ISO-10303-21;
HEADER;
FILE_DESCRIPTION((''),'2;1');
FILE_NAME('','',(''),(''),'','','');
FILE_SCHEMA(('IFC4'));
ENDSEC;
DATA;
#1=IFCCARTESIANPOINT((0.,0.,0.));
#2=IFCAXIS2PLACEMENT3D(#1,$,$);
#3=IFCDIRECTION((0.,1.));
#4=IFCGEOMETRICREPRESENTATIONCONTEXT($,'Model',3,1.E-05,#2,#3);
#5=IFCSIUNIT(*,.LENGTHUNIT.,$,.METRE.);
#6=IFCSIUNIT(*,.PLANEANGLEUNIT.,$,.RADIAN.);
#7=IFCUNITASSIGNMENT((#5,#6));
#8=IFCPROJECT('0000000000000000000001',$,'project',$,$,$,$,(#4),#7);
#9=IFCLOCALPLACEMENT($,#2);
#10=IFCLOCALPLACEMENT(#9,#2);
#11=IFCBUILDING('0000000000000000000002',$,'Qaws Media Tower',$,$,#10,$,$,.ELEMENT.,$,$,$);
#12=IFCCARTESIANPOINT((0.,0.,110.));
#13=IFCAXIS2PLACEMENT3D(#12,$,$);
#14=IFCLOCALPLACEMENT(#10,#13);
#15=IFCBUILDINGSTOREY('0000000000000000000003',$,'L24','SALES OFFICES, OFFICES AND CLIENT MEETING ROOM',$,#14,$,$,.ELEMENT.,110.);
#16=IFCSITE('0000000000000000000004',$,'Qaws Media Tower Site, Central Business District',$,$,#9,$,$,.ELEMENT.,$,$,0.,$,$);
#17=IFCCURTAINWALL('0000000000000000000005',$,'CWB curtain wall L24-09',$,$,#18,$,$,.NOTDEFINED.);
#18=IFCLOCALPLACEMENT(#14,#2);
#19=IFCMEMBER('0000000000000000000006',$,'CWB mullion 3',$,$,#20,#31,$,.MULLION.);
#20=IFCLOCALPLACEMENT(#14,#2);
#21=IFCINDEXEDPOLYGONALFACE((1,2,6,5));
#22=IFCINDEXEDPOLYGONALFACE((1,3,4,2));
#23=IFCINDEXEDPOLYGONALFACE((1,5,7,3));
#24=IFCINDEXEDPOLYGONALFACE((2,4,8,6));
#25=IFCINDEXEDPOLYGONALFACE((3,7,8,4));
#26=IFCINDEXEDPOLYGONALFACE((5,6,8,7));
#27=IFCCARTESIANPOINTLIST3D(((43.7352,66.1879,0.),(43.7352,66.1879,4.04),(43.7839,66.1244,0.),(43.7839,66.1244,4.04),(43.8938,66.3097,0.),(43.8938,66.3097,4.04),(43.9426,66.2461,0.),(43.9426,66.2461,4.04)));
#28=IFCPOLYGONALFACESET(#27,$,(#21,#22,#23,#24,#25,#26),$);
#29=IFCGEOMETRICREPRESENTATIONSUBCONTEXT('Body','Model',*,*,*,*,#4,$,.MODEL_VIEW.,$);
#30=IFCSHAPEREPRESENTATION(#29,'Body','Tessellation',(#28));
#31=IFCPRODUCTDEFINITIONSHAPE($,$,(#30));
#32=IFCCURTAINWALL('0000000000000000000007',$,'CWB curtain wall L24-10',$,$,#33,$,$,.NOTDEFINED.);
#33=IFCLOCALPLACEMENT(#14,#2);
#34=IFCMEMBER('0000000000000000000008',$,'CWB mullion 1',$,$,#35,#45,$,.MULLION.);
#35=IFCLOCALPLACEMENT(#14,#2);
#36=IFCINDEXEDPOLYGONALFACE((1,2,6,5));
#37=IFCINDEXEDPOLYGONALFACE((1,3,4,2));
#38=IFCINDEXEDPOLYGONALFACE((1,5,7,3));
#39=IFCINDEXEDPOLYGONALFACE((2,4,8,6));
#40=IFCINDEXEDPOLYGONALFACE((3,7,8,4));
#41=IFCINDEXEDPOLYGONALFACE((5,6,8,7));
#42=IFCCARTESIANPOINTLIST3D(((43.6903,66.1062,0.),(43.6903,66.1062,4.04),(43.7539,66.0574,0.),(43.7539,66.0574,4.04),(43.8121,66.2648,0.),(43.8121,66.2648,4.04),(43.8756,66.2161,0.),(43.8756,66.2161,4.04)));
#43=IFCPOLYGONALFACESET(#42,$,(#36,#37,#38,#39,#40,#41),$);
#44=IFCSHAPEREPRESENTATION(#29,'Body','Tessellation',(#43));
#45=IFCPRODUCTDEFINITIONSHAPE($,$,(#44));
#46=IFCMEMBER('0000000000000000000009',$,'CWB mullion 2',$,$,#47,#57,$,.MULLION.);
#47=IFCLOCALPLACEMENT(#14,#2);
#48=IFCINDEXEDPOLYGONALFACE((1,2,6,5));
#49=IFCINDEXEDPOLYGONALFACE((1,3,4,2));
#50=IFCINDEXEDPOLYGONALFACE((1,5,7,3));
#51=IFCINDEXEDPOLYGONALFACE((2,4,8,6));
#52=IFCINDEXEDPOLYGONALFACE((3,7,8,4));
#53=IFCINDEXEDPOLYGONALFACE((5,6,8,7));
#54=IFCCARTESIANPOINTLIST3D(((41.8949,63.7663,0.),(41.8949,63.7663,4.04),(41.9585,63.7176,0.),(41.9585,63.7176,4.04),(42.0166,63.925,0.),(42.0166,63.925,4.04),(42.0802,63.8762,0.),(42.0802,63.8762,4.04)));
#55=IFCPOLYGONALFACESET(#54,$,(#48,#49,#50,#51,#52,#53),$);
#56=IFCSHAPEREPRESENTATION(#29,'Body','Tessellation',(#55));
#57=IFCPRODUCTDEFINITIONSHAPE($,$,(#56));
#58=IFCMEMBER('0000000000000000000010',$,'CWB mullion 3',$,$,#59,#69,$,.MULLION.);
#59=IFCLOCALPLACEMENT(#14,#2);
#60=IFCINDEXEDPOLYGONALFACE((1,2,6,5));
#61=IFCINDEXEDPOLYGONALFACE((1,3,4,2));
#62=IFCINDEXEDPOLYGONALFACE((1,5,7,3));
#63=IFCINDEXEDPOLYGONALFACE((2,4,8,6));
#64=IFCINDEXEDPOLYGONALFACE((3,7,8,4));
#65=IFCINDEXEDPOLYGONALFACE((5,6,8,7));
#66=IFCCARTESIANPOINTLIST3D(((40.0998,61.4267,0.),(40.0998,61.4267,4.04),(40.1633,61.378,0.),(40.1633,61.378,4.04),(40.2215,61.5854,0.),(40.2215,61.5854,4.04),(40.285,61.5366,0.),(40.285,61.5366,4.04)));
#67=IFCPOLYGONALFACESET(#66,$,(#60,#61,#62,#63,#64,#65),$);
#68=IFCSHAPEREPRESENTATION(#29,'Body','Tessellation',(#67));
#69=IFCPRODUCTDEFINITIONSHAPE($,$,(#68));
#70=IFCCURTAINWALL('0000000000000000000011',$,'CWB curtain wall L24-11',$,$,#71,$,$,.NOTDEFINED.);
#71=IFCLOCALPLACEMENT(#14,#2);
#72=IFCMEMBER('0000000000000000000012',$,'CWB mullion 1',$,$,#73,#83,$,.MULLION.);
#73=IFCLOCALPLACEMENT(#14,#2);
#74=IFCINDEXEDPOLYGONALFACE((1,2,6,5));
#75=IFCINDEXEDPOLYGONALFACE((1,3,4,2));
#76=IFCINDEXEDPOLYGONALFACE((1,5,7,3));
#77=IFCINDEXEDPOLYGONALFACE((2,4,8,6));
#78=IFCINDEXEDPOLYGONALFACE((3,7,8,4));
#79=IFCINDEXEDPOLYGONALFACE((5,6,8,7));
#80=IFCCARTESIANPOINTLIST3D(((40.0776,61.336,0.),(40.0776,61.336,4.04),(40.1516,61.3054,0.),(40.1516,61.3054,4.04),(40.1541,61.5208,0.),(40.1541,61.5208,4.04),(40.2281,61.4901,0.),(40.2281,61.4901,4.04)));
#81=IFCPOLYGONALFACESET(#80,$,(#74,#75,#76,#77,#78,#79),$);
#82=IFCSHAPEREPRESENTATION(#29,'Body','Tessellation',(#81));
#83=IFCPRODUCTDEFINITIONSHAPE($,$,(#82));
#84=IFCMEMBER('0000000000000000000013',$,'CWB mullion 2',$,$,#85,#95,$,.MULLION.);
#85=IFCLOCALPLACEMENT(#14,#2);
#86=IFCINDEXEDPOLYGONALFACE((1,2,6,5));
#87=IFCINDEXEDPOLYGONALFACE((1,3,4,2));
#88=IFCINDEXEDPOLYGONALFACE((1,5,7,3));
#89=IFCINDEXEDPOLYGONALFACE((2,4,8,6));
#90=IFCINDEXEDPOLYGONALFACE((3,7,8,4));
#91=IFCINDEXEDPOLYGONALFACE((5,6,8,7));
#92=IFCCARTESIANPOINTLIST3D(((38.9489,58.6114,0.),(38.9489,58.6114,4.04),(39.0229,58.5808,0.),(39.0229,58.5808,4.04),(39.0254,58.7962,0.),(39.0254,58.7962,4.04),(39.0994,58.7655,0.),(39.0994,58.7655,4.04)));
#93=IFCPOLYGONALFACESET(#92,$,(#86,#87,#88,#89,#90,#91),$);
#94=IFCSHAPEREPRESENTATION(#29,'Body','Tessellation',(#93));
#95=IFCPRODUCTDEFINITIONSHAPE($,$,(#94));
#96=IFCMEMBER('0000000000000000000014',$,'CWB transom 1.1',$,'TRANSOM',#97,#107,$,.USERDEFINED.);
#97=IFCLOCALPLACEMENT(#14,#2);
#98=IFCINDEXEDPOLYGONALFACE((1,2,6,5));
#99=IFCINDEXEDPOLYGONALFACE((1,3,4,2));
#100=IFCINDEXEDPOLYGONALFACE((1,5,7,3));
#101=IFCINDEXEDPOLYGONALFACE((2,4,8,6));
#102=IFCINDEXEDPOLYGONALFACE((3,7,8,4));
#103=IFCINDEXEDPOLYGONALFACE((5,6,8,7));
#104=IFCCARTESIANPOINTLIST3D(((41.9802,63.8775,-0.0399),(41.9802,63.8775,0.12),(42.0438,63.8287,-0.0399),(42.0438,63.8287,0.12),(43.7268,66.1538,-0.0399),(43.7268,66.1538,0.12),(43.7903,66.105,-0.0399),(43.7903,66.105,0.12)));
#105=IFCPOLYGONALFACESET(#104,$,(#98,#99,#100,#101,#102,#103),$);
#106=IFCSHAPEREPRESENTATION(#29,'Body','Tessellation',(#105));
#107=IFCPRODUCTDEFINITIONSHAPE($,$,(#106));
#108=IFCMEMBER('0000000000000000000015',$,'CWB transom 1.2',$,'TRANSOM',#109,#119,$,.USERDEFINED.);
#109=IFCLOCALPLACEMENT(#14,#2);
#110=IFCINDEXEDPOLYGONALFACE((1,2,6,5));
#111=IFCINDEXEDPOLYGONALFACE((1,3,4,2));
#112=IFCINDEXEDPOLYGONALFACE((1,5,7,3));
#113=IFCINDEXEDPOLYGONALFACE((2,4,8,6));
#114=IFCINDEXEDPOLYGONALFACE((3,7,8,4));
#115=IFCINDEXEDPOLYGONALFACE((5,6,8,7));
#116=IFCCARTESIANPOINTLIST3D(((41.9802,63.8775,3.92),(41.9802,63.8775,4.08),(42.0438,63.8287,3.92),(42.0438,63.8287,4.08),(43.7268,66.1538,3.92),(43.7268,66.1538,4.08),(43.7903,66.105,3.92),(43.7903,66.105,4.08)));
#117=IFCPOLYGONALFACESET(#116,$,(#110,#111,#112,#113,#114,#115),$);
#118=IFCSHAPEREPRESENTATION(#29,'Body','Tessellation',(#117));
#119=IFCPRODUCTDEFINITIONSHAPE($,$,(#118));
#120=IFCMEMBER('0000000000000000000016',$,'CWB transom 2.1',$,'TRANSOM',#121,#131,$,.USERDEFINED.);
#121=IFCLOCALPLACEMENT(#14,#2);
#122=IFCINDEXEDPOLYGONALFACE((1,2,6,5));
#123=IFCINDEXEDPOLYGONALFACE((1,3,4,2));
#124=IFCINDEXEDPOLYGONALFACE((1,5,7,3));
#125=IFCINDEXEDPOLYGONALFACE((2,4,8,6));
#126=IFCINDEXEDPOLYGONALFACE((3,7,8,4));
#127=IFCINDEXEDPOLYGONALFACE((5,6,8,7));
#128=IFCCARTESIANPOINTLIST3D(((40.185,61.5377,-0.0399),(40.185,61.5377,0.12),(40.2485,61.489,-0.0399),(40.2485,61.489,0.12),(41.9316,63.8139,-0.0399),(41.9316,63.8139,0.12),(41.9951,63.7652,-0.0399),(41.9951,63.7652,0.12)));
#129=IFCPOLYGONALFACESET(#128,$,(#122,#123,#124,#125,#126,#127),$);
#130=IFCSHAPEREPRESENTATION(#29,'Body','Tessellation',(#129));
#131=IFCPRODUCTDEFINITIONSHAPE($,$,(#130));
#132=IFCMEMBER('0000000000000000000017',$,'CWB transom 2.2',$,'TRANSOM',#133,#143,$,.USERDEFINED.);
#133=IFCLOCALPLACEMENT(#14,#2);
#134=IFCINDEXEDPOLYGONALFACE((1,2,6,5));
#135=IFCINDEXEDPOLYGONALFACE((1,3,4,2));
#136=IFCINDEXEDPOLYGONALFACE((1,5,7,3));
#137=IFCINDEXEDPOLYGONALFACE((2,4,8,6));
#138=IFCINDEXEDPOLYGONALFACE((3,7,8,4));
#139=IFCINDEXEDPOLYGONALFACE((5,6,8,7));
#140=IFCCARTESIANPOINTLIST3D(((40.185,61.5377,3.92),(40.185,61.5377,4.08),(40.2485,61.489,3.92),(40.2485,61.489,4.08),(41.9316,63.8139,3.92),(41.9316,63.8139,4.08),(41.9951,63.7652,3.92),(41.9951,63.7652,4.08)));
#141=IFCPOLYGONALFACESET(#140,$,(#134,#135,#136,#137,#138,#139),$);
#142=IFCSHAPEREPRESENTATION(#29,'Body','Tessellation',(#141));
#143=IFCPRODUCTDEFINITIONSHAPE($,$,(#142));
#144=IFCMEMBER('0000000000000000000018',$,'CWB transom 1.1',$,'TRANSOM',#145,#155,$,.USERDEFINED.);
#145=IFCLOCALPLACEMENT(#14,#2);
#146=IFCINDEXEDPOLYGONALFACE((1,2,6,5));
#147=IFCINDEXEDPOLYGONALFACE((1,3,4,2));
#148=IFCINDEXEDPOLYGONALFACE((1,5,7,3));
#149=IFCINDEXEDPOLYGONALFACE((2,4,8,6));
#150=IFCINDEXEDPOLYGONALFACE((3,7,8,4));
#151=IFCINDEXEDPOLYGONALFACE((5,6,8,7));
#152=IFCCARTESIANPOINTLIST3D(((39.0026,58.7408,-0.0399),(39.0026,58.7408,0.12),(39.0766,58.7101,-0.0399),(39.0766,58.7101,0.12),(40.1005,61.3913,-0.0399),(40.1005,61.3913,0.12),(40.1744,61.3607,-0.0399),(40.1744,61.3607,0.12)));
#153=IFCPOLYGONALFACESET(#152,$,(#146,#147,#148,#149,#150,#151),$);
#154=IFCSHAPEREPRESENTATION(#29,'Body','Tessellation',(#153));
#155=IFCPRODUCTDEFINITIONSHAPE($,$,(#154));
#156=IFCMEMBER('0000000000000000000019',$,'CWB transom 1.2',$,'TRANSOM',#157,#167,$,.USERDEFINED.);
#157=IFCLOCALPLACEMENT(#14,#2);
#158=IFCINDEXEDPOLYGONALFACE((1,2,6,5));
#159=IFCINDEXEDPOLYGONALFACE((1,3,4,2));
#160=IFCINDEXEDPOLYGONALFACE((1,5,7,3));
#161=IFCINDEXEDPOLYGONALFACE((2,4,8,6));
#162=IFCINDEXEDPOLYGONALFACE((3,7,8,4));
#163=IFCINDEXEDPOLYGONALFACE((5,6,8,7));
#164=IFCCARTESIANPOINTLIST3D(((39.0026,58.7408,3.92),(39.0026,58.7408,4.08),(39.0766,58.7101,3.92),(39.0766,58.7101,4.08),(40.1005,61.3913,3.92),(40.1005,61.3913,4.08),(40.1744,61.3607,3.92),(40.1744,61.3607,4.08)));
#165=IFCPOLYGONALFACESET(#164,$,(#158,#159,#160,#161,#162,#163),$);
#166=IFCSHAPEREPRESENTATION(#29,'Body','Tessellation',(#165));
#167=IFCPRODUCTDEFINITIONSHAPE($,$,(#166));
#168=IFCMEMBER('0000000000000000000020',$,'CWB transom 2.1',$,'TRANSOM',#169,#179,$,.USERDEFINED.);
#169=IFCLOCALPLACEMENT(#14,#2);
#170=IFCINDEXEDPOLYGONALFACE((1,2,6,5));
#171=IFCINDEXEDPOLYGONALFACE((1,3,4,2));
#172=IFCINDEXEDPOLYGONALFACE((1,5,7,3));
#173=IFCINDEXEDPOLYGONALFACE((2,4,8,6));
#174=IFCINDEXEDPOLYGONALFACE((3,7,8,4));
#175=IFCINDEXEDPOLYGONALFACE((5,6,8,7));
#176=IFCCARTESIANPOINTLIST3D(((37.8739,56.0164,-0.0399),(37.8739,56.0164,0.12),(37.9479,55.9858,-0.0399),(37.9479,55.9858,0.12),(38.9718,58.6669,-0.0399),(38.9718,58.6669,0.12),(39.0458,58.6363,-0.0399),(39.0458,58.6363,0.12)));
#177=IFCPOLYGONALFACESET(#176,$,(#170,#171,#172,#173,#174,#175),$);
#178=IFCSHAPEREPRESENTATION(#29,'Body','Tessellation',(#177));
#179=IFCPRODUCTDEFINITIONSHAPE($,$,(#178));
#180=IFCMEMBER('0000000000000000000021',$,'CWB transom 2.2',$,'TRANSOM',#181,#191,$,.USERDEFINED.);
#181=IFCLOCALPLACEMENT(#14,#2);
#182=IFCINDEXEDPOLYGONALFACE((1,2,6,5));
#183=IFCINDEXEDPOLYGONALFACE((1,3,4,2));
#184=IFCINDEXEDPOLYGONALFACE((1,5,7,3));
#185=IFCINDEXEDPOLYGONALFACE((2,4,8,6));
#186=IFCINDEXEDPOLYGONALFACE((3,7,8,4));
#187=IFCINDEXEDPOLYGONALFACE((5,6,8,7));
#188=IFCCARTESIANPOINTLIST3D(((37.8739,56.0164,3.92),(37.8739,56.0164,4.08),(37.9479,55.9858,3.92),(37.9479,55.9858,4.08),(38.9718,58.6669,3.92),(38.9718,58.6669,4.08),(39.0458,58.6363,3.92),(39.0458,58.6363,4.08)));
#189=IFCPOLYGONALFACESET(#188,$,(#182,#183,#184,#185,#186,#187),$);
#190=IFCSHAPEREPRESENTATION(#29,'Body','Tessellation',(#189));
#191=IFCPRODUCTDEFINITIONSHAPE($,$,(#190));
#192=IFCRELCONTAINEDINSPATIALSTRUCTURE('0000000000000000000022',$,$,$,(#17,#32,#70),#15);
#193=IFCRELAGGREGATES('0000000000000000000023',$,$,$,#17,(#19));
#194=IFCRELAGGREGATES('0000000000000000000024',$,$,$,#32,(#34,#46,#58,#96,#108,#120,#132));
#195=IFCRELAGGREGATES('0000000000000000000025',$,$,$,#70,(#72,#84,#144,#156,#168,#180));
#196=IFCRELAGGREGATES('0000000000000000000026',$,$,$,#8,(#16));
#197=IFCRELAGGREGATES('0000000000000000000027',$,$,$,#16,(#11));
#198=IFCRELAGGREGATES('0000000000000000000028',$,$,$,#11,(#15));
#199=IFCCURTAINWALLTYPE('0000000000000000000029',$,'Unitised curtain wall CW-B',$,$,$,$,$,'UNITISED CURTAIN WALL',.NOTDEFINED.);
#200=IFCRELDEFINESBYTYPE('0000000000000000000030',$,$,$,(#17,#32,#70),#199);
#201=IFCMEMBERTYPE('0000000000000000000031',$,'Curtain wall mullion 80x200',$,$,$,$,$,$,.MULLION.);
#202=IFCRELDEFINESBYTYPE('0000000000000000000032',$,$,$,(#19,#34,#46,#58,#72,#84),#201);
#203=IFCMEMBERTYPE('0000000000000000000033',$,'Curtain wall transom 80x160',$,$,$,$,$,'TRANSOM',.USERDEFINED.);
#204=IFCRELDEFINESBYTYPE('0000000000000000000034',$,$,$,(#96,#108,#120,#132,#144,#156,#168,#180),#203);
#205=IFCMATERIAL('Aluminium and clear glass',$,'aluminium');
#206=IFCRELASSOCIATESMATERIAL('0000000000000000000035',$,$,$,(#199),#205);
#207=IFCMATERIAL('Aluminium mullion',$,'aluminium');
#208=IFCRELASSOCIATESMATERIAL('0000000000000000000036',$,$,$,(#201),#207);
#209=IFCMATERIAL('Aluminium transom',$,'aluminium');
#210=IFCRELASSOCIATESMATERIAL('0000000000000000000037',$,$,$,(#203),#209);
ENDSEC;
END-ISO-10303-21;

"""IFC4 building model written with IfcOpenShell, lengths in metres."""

from ifc_helpers import new_model, si_unit, direction, frame, origin, origin_2d, place, context, subcontext, project, spatial, rectangle, extrude, material, material_profile, profile_set, type_object, element, aggregate, save


model = new_model("IFC4")

# Units and contexts
model_context = context("Model", 3, precision=1e-05, world=origin(), true_north=direction((0.0, 1.0)))
body_context = subcontext(model_context, "Body", "Model", "MODEL_VIEW")
ifc_project = project(units=[si_unit("LENGTHUNIT", "METRE"), si_unit("PLANEANGLEUNIT", "RADIAN")], contexts=[model_context])

# Site, building, storey
site_placement = place(None, origin())
site = spatial("IfcSite", under=ifc_project, at=site_placement, Name="Qaws Media Tower Site, Central Business District", CompositionType="ELEMENT", RefElevation=0.0)
building_placement = place(site_placement, origin())
building = spatial("IfcBuilding", under=site, at=building_placement, Name="Qaws Media Tower", CompositionType="ELEMENT")
storey_placement = place(building_placement, frame((0.0, 0.0, 110.0)))
storey = spatial("IfcBuildingStorey", under=building, at=storey_placement, Name="L24", Description="SALES OFFICES, OFFICES AND CLIENT MEETING ROOM", CompositionType="ELEMENT", Elevation=110.0)

# Curtain wall, member
ifc_material_1 = material(Name="Aluminium and clear glass", Category="aluminium")
curtain_wall_type = type_object("IfcCurtainWallType", Name="Unitised curtain wall CW-B", ElementType="UNITISED CURTAIN WALL", PredefinedType="NOTDEFINED", material=ifc_material_1)
curtain_wall_1_placement = place(storey_placement, origin())
curtain_wall_1 = element("IfcCurtainWall", 1, at=curtain_wall_1_placement, inside=storey, type_object=curtain_wall_type, Name="CWB curtain wall L24-09", PredefinedType="NOTDEFINED")
ifc_material_2 = material(Name="Aluminium mullion", Category="aluminium")
ifc_material_profile_1 = material_profile(ifc_material_2, rectangle(XDim=0.0801, YDim=0.2, at=origin_2d()), Name="80x200")
ifc_profile_set_1 = profile_set([ifc_material_profile_1], Name="Aluminium mullion")
member_type_1 = type_object("IfcMemberType", Name="Curtain wall mullion 80x200", PredefinedType="MULLION", material=ifc_profile_set_1)
member_1_placement = place(storey_placement, frame((43.8389, 66.217, 0.0), z_axis=(0.0, 0.0, 1.0), x_axis=(0.608762, -0.793353, 0.0)))
member_1 = element("IfcMember", 2, at=member_1_placement, type_object=member_type_1, Name="CWB mullion 3", PredefinedType="MULLION", context=body_context, shape_type="SweptSolid", body=[
    extrude(rectangle(XDim=0.0801, YDim=0.2, at=origin_2d()), origin(), (0.0, 0.0, 1.0), 4.04),
])

# Curtain walls, members
curtain_wall_2_placement = place(storey_placement, origin())
curtain_wall_2 = element("IfcCurtainWall", 3, at=curtain_wall_2_placement, inside=storey, type_object=curtain_wall_type, Name="CWB curtain wall L24-10", PredefinedType="NOTDEFINED")
member_2_placement = place(storey_placement, frame((43.783, 66.1611, 0.0), z_axis=(0.0, 0.0, 1.0), x_axis=(0.793353, -0.608762, 0.0)))
member_2 = element("IfcMember", 4, at=member_2_placement, type_object=member_type_1, Name="CWB mullion 1", PredefinedType="MULLION", context=body_context, shape_type="SweptSolid", body=[
    extrude(rectangle(XDim=0.0801, YDim=0.2, at=origin_2d()), origin(), (0.0, 0.0, 1.0), 4.04),
])
member_3_placement = place(storey_placement, frame((41.9875, 63.8213, 0.0), z_axis=(0.0, 0.0, 1.0), x_axis=(0.793353, -0.608762, 0.0)))
member_3 = element("IfcMember", 5, at=member_3_placement, type_object=member_type_1, Name="CWB mullion 2", PredefinedType="MULLION", context=body_context, shape_type="SweptSolid", body=[
    extrude(rectangle(XDim=0.0801, YDim=0.2, at=origin_2d()), origin(), (0.0, 0.0, 1.0), 4.04),
])
member_4_placement = place(storey_placement, frame((40.1924, 61.4817, 0.0), z_axis=(0.0, 0.0, 1.0), x_axis=(0.793353, -0.608762, 0.0)))
member_4 = element("IfcMember", 6, at=member_4_placement, type_object=member_type_1, Name="CWB mullion 3", PredefinedType="MULLION", context=body_context, shape_type="SweptSolid", body=[
    extrude(rectangle(XDim=0.0801, YDim=0.2, at=origin_2d()), origin(), (0.0, 0.0, 1.0), 4.04),
])
curtain_wall_3_placement = place(storey_placement, origin())
curtain_wall_3 = element("IfcCurtainWall", 7, at=curtain_wall_3_placement, inside=storey, type_object=curtain_wall_type, Name="CWB curtain wall L24-11", PredefinedType="NOTDEFINED")
member_5_placement = place(storey_placement, frame((40.1528, 61.4131, 0.0), z_axis=(0.0, 0.0, 1.0), x_axis=(0.92388, -0.382683, 0.0)))
member_5 = element("IfcMember", 8, at=member_5_placement, type_object=member_type_1, Name="CWB mullion 1", PredefinedType="MULLION", context=body_context, shape_type="SweptSolid", body=[
    extrude(rectangle(XDim=0.0801, YDim=0.2, at=origin_2d()), origin(), (0.0, 0.0, 1.0), 4.04),
])
member_6_placement = place(storey_placement, frame((39.0242, 58.6885, 0.0), z_axis=(0.0, 0.0, 1.0), x_axis=(0.92388, -0.382683, 0.0)))
member_6 = element("IfcMember", 9, at=member_6_placement, type_object=member_type_1, Name="CWB mullion 2", PredefinedType="MULLION", context=body_context, shape_type="SweptSolid", body=[
    extrude(rectangle(XDim=0.0801, YDim=0.2, at=origin_2d()), origin(), (0.0, 0.0, 1.0), 4.04),
])

# Members
ifc_material_3 = material(Name="Aluminium transom", Category="aluminium")
ifc_material_profile_2 = material_profile(ifc_material_3, rectangle(XDim=0.0801, YDim=0.1599, at=origin_2d()), Name="80x160")
ifc_profile_set_2 = profile_set([ifc_material_profile_2], Name="Aluminium transom")
member_type_2 = type_object("IfcMemberType", Name="Curtain wall transom 80x160", ElementType="TRANSOM", PredefinedType="USERDEFINED", material=ifc_profile_set_2)
member_7_placement = place(storey_placement, frame((43.7585, 66.1294, 0.04), z_axis=(-0.608732, -0.793376, 0.0), x_axis=(0.793376, -0.608732, 0.0)))
member_7 = element("IfcMember", 10, at=member_7_placement, type_object=member_type_2, Name="CWB transom 1.1", ObjectType="TRANSOM", PredefinedType="USERDEFINED", context=body_context, shape_type="SweptSolid", body=[
    extrude(rectangle(XDim=0.0801, YDim=0.1599, at=origin_2d()), origin(), (0.0, 0.0, 1.0), 2.8691),
])
member_8_placement = place(storey_placement, frame((43.7585, 66.1294, 4.0), z_axis=(-0.608732, -0.793376, 0.0), x_axis=(0.793376, -0.608732, 0.0)))
member_8 = element("IfcMember", 11, at=member_8_placement, type_object=member_type_2, Name="CWB transom 1.2", ObjectType="TRANSOM", PredefinedType="USERDEFINED", context=body_context, shape_type="SweptSolid", body=[
    extrude(rectangle(XDim=0.0801, YDim=0.1599, at=origin_2d()), origin(), (0.0, 0.0, 1.0), 2.8691),
])
member_9_placement = place(storey_placement, frame((41.9634, 63.7896, 0.04), z_axis=(-0.608773, -0.793345, 0.0), x_axis=(0.793345, -0.608773, 0.0)))
member_9 = element("IfcMember", 12, at=member_9_placement, type_object=member_type_2, Name="CWB transom 2.1", ObjectType="TRANSOM", PredefinedType="USERDEFINED", context=body_context, shape_type="SweptSolid", body=[
    extrude(rectangle(XDim=0.0801, YDim=0.1599, at=origin_2d()), origin(), (0.0, 0.0, 1.0), 2.8691),
])
member_10_placement = place(storey_placement, frame((41.9634, 63.7896, 4.0), z_axis=(-0.608773, -0.793345, 0.0), x_axis=(0.793345, -0.608773, 0.0)))
member_10 = element("IfcMember", 13, at=member_10_placement, type_object=member_type_2, Name="CWB transom 2.2", ObjectType="TRANSOM", PredefinedType="USERDEFINED", context=body_context, shape_type="SweptSolid", body=[
    extrude(rectangle(XDim=0.0801, YDim=0.1599, at=origin_2d()), origin(), (0.0, 0.0, 1.0), 2.8691),
])
member_11_placement = place(storey_placement, frame((40.1375, 61.376, 0.04), z_axis=(-0.382675, -0.923883, 0.0), x_axis=(0.923883, -0.382675, 0.0)))
member_11 = element("IfcMember", 14, at=member_11_placement, type_object=member_type_2, Name="CWB transom 1.1", ObjectType="TRANSOM", PredefinedType="USERDEFINED", context=body_context, shape_type="SweptSolid", body=[
    extrude(rectangle(XDim=0.0801, YDim=0.1599, at=origin_2d()), origin(), (0.0, 0.0, 1.0), 2.8689),
])
member_12_placement = place(storey_placement, frame((40.1375, 61.376, 4.0), z_axis=(-0.382675, -0.923883, 0.0), x_axis=(0.923883, -0.382675, 0.0)))
member_12 = element("IfcMember", 15, at=member_12_placement, type_object=member_type_2, Name="CWB transom 1.2", ObjectType="TRANSOM", PredefinedType="USERDEFINED", context=body_context, shape_type="SweptSolid", body=[
    extrude(rectangle(XDim=0.0801, YDim=0.1599, at=origin_2d()), origin(), (0.0, 0.0, 1.0), 2.8689),
])
member_13_placement = place(storey_placement, frame((39.0088, 58.6516, 0.04), z_axis=(-0.382675, -0.923883, 0.0), x_axis=(0.923883, -0.382675, 0.0)))
member_13 = element("IfcMember", 16, at=member_13_placement, type_object=member_type_2, Name="CWB transom 2.1", ObjectType="TRANSOM", PredefinedType="USERDEFINED", context=body_context, shape_type="SweptSolid", body=[
    extrude(rectangle(XDim=0.0801, YDim=0.1599, at=origin_2d()), origin(), (0.0, 0.0, 1.0), 2.8689),
])
member_14_placement = place(storey_placement, frame((39.0088, 58.6516, 4.0), z_axis=(-0.382675, -0.923883, 0.0), x_axis=(0.923883, -0.382675, 0.0)))
member_14 = element("IfcMember", 17, at=member_14_placement, type_object=member_type_2, Name="CWB transom 2.2", ObjectType="TRANSOM", PredefinedType="USERDEFINED", context=body_context, shape_type="SweptSolid", body=[
    extrude(rectangle(XDim=0.0801, YDim=0.1599, at=origin_2d()), origin(), (0.0, 0.0, 1.0), 2.8689),
])

aggregate(curtain_wall_1, [member_1])
aggregate(curtain_wall_2, [member_2, member_3, member_4, member_7, member_8, member_9, member_10])
aggregate(curtain_wall_3, [member_5, member_6, member_11, member_12, member_13, member_14])

save(model, "model.ifc")
